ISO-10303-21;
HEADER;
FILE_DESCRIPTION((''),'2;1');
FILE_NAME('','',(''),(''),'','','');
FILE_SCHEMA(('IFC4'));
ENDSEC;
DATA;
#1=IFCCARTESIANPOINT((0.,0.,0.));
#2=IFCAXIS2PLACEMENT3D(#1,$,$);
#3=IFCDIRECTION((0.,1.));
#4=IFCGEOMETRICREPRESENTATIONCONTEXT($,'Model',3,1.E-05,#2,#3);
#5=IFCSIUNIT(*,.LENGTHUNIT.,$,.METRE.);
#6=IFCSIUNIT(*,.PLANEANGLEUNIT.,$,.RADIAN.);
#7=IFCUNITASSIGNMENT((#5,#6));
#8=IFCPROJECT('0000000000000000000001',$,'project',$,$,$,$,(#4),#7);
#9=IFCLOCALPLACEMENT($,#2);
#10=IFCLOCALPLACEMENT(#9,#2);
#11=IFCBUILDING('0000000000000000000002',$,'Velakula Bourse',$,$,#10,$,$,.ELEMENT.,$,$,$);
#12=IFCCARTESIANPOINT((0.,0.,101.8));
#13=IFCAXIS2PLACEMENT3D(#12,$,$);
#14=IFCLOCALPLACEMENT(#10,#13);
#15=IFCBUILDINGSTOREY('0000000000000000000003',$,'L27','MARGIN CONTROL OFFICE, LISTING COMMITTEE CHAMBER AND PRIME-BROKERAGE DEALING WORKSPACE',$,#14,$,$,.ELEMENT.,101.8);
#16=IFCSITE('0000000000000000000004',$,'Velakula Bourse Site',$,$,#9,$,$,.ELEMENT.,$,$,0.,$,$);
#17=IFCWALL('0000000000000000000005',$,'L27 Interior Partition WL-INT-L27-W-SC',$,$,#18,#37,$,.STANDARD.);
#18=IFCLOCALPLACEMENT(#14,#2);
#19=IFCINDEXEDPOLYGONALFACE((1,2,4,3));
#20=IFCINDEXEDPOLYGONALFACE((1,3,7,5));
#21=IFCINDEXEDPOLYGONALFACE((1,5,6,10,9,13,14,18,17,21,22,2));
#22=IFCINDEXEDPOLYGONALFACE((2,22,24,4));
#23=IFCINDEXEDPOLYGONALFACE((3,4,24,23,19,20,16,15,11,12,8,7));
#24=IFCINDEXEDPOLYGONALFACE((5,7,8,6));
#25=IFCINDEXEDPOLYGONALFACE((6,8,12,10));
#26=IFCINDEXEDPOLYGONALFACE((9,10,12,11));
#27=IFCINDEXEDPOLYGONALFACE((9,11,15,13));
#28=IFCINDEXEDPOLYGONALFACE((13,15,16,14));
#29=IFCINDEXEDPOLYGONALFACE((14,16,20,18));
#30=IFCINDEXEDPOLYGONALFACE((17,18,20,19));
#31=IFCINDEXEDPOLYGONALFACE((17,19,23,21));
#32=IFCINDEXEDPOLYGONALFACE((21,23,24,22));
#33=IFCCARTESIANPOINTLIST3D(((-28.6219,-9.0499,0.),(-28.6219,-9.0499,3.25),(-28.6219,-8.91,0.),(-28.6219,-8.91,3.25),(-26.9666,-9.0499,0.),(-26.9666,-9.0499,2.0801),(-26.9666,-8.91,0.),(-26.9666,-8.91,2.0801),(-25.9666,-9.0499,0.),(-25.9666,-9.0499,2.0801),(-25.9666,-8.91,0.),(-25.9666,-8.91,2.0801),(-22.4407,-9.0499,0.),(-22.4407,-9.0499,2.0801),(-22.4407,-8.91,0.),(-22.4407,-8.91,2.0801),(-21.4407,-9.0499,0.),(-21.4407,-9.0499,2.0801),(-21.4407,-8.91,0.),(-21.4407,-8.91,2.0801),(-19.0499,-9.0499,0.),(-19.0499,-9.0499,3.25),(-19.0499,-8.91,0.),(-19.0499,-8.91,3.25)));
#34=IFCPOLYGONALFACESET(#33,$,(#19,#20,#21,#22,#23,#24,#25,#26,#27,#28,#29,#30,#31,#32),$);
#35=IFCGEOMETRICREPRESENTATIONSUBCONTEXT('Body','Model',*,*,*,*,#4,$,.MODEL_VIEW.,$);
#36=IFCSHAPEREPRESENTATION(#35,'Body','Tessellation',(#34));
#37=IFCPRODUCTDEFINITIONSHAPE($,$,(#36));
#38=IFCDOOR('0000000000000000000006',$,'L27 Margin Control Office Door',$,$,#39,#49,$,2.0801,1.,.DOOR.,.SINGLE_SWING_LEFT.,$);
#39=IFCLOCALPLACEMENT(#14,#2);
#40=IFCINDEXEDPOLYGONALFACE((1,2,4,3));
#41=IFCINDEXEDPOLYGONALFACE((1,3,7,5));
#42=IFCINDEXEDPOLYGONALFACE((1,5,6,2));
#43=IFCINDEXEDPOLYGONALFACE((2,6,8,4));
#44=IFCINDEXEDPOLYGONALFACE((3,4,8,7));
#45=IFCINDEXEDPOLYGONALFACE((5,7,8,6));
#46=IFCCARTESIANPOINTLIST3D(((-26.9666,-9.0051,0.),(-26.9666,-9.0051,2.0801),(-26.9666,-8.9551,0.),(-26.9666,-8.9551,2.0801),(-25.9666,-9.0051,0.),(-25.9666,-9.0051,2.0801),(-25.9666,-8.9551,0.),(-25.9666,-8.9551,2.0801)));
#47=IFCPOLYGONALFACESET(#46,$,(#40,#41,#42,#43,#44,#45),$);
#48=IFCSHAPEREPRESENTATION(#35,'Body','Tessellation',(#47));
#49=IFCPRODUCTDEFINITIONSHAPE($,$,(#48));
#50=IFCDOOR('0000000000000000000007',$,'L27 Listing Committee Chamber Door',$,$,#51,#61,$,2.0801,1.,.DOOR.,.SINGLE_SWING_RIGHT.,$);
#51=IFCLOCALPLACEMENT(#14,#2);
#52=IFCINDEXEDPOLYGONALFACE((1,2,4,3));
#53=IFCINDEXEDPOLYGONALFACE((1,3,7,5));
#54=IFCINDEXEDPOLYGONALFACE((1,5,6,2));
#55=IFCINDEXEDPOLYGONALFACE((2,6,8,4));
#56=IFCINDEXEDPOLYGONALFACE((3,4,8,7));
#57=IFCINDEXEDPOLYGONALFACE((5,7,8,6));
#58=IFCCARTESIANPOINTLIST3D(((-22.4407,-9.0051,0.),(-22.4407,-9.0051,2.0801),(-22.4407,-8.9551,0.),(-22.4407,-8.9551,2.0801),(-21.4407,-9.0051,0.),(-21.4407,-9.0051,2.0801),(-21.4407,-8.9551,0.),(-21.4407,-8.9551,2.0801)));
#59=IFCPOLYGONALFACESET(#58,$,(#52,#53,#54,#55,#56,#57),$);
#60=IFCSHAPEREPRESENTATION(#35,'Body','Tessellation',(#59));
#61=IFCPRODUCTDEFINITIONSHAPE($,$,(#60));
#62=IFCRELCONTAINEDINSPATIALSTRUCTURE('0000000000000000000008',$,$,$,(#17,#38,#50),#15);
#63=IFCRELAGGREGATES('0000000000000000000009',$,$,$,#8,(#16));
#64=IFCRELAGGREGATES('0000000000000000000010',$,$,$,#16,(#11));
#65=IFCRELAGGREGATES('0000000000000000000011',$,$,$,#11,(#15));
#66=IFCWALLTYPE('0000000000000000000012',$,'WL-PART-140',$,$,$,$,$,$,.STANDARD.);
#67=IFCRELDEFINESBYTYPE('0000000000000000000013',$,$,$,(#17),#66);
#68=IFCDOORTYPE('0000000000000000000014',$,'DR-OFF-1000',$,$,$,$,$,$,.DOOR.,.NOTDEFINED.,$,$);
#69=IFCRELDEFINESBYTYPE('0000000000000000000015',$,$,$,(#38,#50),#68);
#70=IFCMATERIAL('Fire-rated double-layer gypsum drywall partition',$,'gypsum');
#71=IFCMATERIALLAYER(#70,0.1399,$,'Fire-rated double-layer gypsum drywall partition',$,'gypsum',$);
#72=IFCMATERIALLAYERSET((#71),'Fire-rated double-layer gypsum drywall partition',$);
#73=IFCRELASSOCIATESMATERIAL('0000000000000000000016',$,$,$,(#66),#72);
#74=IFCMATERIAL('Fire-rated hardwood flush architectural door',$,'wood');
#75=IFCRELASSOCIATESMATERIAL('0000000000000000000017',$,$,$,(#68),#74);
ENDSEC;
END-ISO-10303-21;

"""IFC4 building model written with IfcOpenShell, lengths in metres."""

from ifc_helpers import new_model, si_unit, direction, frame, frame_2d, origin, place, context, subcontext, project, spatial, rectangle, extrude, material, layer, layer_set, type_object, element, fill, save


model = new_model("IFC4")

# Units and contexts
model_context = context("Model", 3, precision=1e-05, world=origin(), true_north=direction((0.0, 1.0)))
body_context = subcontext(model_context, "Body", "Model", "MODEL_VIEW")
ifc_project = project(units=[si_unit("LENGTHUNIT", "METRE"), si_unit("PLANEANGLEUNIT", "RADIAN")], contexts=[model_context])

# Site, building, storey
site_placement = place(None, origin())
site = spatial("IfcSite", under=ifc_project, at=site_placement, Name="Velakula Bourse Site", CompositionType="ELEMENT", RefElevation=0.0)
building_placement = place(site_placement, origin())
building = spatial("IfcBuilding", under=site, at=building_placement, Name="Velakula Bourse", CompositionType="ELEMENT")
storey_placement = place(building_placement, frame((0.0, 0.0, 101.8)))
storey = spatial("IfcBuildingStorey", under=building, at=storey_placement, Name="L27", Description="MARGIN CONTROL OFFICE, LISTING COMMITTEE CHAMBER AND PRIME-BROKERAGE DEALING WORKSPACE", CompositionType="ELEMENT", Elevation=101.8)

# Shared definitions
ifc_material_1 = material(Name="Fire-rated double-layer gypsum drywall partition", Category="gypsum")

# Wall, openings, doors
ifc_layer_1 = layer(ifc_material_1, 0.1399, Name="Fire-rated double-layer gypsum drywall partition", Category="gypsum")
ifc_layer_set_1 = layer_set([ifc_layer_1], Name="Fire-rated double-layer gypsum drywall partition")
wall_type_1 = type_object("IfcWallType", Name="WL-PART-140", PredefinedType="STANDARD", material=ifc_layer_set_1)
ifc_material_2 = material(Name="Fire-rated hardwood flush architectural door", Category="wood")
door_type_1 = type_object("IfcDoorType", Name="DR-OFF-1000", OperationType="NOTDEFINED", PredefinedType="DOOR", material=ifc_material_2)
wall_1_placement = place(storey_placement, frame((-28.6221, -8.98, 0.0), z_axis=(0.0, 0.0, 1.0), x_axis=(1.0, 0.0, 0.0)))
wall_1 = element("IfcWall", 1, at=wall_1_placement, inside=storey, type_object=wall_type_1, Name="L27 Interior Partition WL-INT-L27-W-SC", PredefinedType="STANDARD", context=body_context, shape_type="SweptSolid", body=[
    extrude(rectangle(XDim=9.572, YDim=0.1399, at=frame_2d((4.7861, 0.0))), origin(), (0.0, 0.0, 1.0), 3.25),
])
opening_1_placement = place(wall_1_placement, frame((1.6555, 0.0, 0.0)))
opening_1 = element("IfcOpeningElement", 2, at=opening_1_placement, cuts=wall_1, PredefinedType="OPENING", context=body_context, shape_type="SweptSolid", body=[
    extrude(rectangle(XDim=1.0, YDim=2.0801, at=frame_2d((0.5, 1.04))), frame((0.0, 0.0798, 0.0), z_axis=(0.0, -1.0, 0.0), x_axis=(1.0, 0.0, 0.0)), (0.0, 0.0, 1.0), 0.1599),
])
opening_2_placement = place(wall_1_placement, frame((6.1814, 0.0, 0.0)))
opening_2 = element("IfcOpeningElement", 3, at=opening_2_placement, cuts=wall_1, PredefinedType="OPENING", context=body_context, shape_type="SweptSolid", body=[
    extrude(rectangle(XDim=1.0, YDim=2.0801, at=frame_2d((0.5, 1.04))), frame((0.0, 0.0798, 0.0), z_axis=(0.0, -1.0, 0.0), x_axis=(1.0, 0.0, 0.0)), (0.0, 0.0, 1.0), 0.1599),
])
door_1_placement = place(opening_1_placement, origin())
door_1 = element("IfcDoor", 4, at=door_1_placement, inside=storey, type_object=door_type_1, Name="L27 Margin Control Office Door", OperationType="SINGLE_SWING_LEFT", OverallHeight=2.0801, OverallWidth=1.0, PredefinedType="DOOR", context=body_context, shape_type="SweptSolid", body=[
    extrude(rectangle(XDim=1.0, YDim=2.0801, at=frame_2d((0.5, 1.04))), frame((0.0, 0.0249, 0.0), z_axis=(0.0, -1.0, 0.0), x_axis=(1.0, 0.0, 0.0)), (0.0, 0.0, 1.0), 0.05),
])
fill(opening_1, door_1)
door_2_placement = place(opening_2_placement, origin())
door_2 = element("IfcDoor", 5, at=door_2_placement, inside=storey, type_object=door_type_1, Name="L27 Listing Committee Chamber Door", OperationType="SINGLE_SWING_RIGHT", OverallHeight=2.0801, OverallWidth=1.0, PredefinedType="DOOR", context=body_context, shape_type="SweptSolid", body=[
    extrude(rectangle(XDim=1.0, YDim=2.0801, at=frame_2d((0.5, 1.04))), frame((0.0, 0.0249, 0.0), z_axis=(0.0, -1.0, 0.0), x_axis=(1.0, 0.0, 0.0)), (0.0, 0.0, 1.0), 0.05),
])
fill(opening_2, door_2)

save(model, "model.ifc")
